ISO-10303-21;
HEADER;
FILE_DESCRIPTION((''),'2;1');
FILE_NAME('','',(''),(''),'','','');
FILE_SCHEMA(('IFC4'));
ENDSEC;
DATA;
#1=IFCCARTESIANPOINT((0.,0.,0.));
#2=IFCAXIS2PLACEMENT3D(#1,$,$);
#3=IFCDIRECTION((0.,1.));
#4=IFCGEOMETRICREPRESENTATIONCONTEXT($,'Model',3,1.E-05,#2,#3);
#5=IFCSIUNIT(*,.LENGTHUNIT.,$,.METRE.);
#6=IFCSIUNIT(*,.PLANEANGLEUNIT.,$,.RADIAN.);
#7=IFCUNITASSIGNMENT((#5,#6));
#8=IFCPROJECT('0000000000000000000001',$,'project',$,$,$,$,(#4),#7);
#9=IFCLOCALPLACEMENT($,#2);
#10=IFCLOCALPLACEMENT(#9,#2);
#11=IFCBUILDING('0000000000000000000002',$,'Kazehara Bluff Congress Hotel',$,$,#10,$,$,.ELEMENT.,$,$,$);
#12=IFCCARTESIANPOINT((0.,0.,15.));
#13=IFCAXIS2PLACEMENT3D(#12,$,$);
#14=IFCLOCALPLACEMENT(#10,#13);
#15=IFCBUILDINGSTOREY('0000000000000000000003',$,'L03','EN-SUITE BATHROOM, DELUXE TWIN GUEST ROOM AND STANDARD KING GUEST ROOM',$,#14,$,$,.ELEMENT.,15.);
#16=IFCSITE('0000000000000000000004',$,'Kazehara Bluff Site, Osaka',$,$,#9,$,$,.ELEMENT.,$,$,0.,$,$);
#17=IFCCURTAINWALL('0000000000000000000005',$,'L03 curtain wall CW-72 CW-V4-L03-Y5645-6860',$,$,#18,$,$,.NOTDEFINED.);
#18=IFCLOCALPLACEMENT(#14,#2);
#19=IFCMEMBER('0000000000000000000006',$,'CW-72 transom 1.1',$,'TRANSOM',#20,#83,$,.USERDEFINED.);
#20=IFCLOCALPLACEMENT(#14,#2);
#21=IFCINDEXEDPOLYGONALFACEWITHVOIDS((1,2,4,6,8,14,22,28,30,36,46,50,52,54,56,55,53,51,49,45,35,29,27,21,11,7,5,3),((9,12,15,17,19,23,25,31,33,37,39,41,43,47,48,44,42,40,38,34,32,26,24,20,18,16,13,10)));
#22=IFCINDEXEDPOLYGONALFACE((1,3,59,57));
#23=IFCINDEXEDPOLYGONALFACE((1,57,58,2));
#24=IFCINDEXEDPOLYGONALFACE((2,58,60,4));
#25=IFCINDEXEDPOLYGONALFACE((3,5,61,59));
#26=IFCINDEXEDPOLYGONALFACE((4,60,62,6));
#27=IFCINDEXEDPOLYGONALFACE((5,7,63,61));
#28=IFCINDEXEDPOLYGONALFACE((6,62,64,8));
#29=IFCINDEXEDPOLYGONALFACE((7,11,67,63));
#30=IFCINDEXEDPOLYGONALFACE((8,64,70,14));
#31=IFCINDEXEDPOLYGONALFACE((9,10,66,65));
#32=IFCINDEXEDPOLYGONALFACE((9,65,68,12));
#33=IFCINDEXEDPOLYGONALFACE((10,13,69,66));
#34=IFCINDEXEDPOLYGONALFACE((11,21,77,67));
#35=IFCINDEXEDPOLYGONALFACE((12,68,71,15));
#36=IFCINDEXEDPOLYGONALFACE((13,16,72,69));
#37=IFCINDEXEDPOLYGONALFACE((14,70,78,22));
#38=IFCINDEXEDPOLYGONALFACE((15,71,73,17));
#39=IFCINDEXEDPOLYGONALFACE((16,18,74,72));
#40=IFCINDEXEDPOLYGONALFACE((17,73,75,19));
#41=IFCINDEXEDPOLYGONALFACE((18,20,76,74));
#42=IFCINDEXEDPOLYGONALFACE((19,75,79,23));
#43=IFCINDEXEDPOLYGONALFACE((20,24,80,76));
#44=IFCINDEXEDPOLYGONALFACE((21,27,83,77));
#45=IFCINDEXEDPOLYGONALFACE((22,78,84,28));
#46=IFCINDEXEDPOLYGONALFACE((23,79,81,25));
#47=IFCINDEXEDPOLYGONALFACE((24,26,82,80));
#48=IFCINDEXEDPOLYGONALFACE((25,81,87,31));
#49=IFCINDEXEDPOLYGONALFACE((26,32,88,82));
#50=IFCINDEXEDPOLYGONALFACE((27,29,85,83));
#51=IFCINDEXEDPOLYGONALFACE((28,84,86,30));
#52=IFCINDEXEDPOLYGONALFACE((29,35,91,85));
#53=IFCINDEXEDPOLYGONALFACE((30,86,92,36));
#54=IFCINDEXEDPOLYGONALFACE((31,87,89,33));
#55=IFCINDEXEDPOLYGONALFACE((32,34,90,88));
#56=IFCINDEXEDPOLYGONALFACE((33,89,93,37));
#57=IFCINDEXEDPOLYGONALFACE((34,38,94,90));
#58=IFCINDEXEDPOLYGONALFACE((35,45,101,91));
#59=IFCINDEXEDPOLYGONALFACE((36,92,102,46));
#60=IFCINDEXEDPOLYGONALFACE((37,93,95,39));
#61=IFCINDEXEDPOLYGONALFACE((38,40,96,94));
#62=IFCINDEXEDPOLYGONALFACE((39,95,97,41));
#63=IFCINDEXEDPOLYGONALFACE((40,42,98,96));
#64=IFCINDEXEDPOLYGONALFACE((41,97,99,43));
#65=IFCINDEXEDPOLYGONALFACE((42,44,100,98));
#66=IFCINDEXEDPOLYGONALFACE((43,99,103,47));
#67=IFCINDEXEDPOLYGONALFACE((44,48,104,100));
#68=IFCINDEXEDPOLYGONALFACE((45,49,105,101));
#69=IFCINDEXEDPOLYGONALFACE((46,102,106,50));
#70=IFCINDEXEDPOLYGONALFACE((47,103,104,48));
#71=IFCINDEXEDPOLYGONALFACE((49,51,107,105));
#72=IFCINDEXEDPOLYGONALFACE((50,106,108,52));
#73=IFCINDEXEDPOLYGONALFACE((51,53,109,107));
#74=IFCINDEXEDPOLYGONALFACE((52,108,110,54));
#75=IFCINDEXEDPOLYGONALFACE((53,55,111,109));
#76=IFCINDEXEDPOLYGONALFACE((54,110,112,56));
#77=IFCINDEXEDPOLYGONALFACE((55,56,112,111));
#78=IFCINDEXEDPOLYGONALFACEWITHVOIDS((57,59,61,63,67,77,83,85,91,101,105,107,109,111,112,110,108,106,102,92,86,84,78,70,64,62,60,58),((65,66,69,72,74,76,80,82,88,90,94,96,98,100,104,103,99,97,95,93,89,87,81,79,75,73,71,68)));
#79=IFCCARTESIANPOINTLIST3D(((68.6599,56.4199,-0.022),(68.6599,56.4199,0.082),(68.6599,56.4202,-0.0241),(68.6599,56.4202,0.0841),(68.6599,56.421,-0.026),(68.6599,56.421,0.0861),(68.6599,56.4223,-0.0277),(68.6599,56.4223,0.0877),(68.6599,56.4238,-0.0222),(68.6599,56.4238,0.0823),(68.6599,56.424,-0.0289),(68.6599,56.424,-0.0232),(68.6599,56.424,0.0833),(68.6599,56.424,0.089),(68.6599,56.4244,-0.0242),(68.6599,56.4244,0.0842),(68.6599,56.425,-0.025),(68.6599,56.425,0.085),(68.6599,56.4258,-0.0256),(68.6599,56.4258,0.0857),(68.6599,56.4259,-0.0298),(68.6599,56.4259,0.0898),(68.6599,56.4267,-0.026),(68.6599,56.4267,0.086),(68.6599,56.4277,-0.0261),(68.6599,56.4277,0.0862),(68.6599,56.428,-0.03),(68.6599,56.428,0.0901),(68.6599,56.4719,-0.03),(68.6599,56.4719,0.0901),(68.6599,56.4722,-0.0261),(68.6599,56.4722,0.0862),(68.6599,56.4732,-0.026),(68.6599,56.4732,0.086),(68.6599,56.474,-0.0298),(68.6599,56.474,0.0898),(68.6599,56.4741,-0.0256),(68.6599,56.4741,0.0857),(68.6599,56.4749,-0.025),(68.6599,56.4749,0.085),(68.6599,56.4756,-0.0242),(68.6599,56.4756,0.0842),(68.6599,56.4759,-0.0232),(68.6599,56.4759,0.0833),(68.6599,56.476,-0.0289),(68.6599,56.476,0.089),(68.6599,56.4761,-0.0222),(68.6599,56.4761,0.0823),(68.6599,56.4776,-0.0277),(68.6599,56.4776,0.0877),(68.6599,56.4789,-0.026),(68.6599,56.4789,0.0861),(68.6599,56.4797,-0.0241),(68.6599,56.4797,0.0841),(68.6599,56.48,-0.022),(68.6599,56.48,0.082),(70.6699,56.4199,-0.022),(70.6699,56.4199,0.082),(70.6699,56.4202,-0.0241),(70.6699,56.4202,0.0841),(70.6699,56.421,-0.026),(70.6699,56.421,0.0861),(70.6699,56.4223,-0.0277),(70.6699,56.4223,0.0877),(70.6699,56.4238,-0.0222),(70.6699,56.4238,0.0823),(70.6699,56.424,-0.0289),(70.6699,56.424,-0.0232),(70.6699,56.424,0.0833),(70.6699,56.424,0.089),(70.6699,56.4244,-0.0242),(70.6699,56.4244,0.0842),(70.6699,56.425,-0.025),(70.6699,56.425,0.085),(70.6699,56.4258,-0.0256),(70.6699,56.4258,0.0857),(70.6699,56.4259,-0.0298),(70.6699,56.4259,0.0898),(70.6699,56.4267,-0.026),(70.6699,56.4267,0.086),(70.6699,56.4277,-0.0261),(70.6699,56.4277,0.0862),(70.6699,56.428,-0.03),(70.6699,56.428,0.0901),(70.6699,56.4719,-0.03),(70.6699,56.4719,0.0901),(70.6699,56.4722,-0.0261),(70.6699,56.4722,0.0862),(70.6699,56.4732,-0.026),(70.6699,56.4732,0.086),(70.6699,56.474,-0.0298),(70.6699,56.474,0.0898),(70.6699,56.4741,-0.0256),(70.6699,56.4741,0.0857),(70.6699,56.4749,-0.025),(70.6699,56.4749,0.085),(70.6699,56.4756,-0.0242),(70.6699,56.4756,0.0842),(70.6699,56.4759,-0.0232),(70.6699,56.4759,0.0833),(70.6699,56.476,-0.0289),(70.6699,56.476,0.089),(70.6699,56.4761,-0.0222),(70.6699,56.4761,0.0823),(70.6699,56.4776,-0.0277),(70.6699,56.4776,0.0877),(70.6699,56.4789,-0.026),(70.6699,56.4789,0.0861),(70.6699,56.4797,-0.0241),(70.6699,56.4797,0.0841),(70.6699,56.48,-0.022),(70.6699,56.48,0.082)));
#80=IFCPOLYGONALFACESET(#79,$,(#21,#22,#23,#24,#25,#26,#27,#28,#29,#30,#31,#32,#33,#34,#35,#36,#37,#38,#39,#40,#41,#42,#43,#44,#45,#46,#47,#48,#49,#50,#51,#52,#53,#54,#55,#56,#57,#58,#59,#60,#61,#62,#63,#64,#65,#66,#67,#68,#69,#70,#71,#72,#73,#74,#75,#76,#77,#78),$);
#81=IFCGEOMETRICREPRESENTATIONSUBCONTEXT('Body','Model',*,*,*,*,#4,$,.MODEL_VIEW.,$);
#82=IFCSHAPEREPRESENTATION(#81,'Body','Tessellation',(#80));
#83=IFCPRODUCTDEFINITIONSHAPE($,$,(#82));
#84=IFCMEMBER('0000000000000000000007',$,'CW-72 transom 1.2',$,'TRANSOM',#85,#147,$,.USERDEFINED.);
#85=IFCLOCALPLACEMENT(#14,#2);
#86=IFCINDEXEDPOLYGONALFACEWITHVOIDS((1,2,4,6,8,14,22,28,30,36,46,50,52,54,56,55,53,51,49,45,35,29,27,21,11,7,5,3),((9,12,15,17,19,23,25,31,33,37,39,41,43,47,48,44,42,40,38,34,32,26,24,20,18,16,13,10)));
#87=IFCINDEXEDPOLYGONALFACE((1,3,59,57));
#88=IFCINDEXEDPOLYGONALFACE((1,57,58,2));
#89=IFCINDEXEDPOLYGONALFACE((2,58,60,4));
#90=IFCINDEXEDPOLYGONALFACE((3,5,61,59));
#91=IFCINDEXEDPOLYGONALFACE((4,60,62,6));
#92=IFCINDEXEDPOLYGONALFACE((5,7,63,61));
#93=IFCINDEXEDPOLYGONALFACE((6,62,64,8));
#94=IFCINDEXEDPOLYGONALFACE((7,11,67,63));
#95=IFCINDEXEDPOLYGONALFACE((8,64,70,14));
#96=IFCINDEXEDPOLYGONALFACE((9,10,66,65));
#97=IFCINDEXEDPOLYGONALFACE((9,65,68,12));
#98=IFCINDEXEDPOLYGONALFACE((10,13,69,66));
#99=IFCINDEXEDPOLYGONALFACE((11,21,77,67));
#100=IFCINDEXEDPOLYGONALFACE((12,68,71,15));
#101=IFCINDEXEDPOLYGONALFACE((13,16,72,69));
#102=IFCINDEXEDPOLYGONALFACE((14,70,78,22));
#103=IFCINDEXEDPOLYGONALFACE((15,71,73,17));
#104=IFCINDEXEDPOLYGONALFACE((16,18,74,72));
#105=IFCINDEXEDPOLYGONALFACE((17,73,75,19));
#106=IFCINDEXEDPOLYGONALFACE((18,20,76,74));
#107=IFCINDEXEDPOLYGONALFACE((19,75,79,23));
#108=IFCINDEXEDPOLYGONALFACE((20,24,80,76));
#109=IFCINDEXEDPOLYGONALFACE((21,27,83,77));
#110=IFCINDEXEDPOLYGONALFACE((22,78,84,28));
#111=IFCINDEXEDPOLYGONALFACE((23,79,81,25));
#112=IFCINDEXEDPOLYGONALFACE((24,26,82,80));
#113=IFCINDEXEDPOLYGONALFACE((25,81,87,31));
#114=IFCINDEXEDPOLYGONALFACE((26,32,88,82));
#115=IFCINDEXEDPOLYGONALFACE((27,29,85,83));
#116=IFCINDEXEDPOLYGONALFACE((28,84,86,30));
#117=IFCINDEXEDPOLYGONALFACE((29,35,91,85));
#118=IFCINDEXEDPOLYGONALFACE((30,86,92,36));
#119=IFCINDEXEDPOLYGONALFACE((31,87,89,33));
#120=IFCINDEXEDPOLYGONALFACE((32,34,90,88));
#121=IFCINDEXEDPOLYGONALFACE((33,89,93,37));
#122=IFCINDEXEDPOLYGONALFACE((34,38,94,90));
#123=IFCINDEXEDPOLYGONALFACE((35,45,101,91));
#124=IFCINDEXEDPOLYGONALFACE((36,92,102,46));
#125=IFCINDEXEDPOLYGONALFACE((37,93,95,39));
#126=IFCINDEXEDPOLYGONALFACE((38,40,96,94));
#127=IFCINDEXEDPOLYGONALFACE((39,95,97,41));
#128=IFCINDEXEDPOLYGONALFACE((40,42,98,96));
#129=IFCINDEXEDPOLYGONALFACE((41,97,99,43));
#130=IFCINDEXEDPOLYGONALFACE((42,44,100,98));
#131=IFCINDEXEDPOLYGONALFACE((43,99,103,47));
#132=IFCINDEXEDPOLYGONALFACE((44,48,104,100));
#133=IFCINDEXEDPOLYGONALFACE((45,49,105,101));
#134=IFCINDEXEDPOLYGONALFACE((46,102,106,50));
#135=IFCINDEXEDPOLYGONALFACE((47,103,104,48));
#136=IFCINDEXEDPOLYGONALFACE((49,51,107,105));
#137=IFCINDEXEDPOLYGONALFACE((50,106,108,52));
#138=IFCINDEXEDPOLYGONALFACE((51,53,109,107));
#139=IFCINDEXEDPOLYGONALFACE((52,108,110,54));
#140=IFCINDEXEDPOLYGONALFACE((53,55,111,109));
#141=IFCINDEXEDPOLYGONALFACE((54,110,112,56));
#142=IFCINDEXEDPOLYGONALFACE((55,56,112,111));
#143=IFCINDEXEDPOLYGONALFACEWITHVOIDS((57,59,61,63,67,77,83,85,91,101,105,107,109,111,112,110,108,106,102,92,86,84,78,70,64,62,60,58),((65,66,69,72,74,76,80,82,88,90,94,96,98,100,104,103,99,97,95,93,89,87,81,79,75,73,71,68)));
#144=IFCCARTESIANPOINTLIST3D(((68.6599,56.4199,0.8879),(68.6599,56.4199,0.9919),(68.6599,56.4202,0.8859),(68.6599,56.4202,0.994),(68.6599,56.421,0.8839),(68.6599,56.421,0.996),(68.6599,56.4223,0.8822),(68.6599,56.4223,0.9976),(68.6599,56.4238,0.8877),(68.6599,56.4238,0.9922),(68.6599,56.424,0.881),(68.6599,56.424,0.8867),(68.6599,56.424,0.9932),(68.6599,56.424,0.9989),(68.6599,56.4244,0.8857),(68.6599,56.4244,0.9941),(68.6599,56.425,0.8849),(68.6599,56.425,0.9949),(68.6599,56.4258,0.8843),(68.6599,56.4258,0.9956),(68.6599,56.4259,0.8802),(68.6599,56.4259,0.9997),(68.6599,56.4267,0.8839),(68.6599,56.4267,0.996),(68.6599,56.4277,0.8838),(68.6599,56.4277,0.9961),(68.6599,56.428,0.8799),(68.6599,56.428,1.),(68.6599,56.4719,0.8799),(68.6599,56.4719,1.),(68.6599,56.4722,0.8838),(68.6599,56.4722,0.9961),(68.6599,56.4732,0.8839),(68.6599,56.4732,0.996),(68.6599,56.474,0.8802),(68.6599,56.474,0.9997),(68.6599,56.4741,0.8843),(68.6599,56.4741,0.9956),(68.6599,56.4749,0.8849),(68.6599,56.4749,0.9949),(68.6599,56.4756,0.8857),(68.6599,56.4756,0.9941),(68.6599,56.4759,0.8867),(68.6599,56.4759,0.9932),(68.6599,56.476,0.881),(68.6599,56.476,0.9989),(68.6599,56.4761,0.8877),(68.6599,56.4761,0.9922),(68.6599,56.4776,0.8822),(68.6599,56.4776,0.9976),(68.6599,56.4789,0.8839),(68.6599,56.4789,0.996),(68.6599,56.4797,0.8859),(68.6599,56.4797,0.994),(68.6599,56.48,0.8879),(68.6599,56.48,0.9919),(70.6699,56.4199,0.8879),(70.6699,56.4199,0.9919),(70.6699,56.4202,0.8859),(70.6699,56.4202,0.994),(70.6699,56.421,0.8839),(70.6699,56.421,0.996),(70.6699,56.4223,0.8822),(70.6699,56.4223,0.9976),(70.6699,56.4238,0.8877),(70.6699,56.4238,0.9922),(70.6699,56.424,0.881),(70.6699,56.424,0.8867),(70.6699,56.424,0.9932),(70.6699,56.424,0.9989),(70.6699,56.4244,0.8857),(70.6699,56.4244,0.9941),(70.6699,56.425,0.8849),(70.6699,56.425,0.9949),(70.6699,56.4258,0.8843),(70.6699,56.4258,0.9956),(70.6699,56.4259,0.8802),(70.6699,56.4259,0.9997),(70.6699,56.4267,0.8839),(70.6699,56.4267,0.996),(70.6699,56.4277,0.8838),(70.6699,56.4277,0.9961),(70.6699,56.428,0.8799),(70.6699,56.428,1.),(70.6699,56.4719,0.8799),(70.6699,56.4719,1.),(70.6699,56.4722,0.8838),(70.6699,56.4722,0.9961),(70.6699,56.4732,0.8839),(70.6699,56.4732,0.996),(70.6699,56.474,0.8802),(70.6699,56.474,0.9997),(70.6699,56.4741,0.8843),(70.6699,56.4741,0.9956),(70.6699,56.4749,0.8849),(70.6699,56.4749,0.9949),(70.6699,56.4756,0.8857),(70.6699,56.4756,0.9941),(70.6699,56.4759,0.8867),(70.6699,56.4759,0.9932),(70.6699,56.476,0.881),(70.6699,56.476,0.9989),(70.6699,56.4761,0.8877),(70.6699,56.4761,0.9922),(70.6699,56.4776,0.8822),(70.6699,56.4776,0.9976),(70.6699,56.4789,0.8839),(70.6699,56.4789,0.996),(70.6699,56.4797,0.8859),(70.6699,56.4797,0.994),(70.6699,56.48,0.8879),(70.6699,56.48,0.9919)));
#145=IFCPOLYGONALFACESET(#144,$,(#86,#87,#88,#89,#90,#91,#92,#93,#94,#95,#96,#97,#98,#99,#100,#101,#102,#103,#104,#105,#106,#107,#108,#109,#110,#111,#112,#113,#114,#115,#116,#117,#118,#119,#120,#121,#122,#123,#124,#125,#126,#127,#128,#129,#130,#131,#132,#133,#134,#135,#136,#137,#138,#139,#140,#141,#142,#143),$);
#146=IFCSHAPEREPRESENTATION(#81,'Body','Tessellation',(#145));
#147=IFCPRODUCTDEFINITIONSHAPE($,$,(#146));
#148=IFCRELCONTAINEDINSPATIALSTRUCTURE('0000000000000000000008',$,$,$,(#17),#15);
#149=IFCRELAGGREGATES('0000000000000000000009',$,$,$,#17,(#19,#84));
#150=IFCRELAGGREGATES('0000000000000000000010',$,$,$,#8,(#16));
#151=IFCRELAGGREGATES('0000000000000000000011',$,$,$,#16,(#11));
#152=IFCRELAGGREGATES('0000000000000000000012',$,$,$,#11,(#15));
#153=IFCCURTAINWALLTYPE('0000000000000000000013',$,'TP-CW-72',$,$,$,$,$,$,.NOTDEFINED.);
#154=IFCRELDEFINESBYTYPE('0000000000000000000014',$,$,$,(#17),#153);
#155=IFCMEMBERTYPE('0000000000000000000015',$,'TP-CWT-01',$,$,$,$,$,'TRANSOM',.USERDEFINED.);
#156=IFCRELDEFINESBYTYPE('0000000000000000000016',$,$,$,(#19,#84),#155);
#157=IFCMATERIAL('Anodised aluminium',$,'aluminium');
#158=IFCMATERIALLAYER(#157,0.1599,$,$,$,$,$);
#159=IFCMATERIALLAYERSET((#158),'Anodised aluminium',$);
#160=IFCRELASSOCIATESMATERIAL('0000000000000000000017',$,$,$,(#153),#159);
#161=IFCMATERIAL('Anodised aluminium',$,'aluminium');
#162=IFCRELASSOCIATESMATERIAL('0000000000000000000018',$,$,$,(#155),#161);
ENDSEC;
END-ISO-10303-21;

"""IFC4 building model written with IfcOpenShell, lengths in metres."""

from ifc_helpers import new_model, si_unit, direction, frame, origin, origin_2d, place, context, subcontext, project, spatial, hollow_rectangle, extrude, material, layer, layer_set, material_profile, profile_set, type_object, element, aggregate, save


model = new_model("IFC4")

# Units and contexts
model_context = context("Model", 3, precision=1e-05, world=origin(), true_north=direction((0.0, 1.0)))
body_context = subcontext(model_context, "Body", "Model", "MODEL_VIEW")
ifc_project = project(units=[si_unit("LENGTHUNIT", "METRE"), si_unit("PLANEANGLEUNIT", "RADIAN")], contexts=[model_context])

# Site, building, storey
site_placement = place(None, origin())
site = spatial("IfcSite", under=ifc_project, at=site_placement, Name="Kazehara Bluff Site, Osaka", CompositionType="ELEMENT", RefElevation=0.0)
building_placement = place(site_placement, origin())
building = spatial("IfcBuilding", under=site, at=building_placement, Name="Kazehara Bluff Congress Hotel", CompositionType="ELEMENT")
storey_placement = place(building_placement, frame((0.0, 0.0, 15.0)))
storey = spatial("IfcBuildingStorey", under=building, at=storey_placement, Name="L03", Description="EN-SUITE BATHROOM, DELUXE TWIN GUEST ROOM AND STANDARD KING GUEST ROOM", CompositionType="ELEMENT", Elevation=15.0)

# Curtain wall
ifc_material_1 = material(Name="Anodised aluminium", Category="aluminium")
ifc_layer_1 = layer(ifc_material_1, 0.1599)
ifc_layer_set_1 = layer_set([ifc_layer_1], Name="Anodised aluminium")
curtain_wall_type_1 = type_object("IfcCurtainWallType", Name="TP-CW-72", PredefinedType="NOTDEFINED", material=ifc_layer_set_1)
curtain_wall_1_placement = place(storey_placement, origin())
curtain_wall_1 = element("IfcCurtainWall", 1, at=curtain_wall_1_placement, inside=storey, type_object=curtain_wall_type_1, Name="L03 curtain wall CW-72 CW-V4-L03-Y5645-6860", PredefinedType="NOTDEFINED")

# Members
ifc_material_2 = material(Name="Anodised aluminium", Category="aluminium")
ifc_material_profile_1 = material_profile(ifc_material_2, hollow_rectangle(XDim=0.0601, YDim=0.1201, WallThickness=0.0039, InnerFilletRadius=0.0039, OuterFilletRadius=0.0081, at=origin_2d()))
ifc_profile_set_1 = profile_set([ifc_material_profile_1], Name="Anodised aluminium")
member_type_1 = type_object("IfcMemberType", Name="TP-CWT-01", ElementType="TRANSOM", PredefinedType="USERDEFINED", material=ifc_profile_set_1)
member_1_placement = place(storey_placement, frame((68.6599, 56.45, 0.03), z_axis=(1.0, 0.0, 0.0), x_axis=(0.0, 1.0, 0.0)))
member_1 = element("IfcMember", 2, at=member_1_placement, type_object=member_type_1, Name="CW-72 transom 1.1", ObjectType="TRANSOM", PredefinedType="USERDEFINED", context=body_context, shape_type="SweptSolid", body=[
    extrude(hollow_rectangle(XDim=0.0601, YDim=0.1201, WallThickness=0.0039, InnerFilletRadius=0.0039, OuterFilletRadius=0.0081, at=origin_2d()), origin(), (0.0, 0.0, 1.0), 2.01),
])
member_2_placement = place(storey_placement, frame((68.6599, 56.45, 0.9399), z_axis=(1.0, 0.0, 0.0), x_axis=(0.0, 1.0, 0.0)))
member_2 = element("IfcMember", 3, at=member_2_placement, type_object=member_type_1, Name="CW-72 transom 1.2", ObjectType="TRANSOM", PredefinedType="USERDEFINED", context=body_context, shape_type="SweptSolid", body=[
    extrude(hollow_rectangle(XDim=0.0601, YDim=0.1201, WallThickness=0.0039, InnerFilletRadius=0.0039, OuterFilletRadius=0.0081, at=origin_2d()), origin(), (0.0, 0.0, 1.0), 2.01),
])

aggregate(curtain_wall_1, [member_1, member_2])

save(model, "model.ifc")
